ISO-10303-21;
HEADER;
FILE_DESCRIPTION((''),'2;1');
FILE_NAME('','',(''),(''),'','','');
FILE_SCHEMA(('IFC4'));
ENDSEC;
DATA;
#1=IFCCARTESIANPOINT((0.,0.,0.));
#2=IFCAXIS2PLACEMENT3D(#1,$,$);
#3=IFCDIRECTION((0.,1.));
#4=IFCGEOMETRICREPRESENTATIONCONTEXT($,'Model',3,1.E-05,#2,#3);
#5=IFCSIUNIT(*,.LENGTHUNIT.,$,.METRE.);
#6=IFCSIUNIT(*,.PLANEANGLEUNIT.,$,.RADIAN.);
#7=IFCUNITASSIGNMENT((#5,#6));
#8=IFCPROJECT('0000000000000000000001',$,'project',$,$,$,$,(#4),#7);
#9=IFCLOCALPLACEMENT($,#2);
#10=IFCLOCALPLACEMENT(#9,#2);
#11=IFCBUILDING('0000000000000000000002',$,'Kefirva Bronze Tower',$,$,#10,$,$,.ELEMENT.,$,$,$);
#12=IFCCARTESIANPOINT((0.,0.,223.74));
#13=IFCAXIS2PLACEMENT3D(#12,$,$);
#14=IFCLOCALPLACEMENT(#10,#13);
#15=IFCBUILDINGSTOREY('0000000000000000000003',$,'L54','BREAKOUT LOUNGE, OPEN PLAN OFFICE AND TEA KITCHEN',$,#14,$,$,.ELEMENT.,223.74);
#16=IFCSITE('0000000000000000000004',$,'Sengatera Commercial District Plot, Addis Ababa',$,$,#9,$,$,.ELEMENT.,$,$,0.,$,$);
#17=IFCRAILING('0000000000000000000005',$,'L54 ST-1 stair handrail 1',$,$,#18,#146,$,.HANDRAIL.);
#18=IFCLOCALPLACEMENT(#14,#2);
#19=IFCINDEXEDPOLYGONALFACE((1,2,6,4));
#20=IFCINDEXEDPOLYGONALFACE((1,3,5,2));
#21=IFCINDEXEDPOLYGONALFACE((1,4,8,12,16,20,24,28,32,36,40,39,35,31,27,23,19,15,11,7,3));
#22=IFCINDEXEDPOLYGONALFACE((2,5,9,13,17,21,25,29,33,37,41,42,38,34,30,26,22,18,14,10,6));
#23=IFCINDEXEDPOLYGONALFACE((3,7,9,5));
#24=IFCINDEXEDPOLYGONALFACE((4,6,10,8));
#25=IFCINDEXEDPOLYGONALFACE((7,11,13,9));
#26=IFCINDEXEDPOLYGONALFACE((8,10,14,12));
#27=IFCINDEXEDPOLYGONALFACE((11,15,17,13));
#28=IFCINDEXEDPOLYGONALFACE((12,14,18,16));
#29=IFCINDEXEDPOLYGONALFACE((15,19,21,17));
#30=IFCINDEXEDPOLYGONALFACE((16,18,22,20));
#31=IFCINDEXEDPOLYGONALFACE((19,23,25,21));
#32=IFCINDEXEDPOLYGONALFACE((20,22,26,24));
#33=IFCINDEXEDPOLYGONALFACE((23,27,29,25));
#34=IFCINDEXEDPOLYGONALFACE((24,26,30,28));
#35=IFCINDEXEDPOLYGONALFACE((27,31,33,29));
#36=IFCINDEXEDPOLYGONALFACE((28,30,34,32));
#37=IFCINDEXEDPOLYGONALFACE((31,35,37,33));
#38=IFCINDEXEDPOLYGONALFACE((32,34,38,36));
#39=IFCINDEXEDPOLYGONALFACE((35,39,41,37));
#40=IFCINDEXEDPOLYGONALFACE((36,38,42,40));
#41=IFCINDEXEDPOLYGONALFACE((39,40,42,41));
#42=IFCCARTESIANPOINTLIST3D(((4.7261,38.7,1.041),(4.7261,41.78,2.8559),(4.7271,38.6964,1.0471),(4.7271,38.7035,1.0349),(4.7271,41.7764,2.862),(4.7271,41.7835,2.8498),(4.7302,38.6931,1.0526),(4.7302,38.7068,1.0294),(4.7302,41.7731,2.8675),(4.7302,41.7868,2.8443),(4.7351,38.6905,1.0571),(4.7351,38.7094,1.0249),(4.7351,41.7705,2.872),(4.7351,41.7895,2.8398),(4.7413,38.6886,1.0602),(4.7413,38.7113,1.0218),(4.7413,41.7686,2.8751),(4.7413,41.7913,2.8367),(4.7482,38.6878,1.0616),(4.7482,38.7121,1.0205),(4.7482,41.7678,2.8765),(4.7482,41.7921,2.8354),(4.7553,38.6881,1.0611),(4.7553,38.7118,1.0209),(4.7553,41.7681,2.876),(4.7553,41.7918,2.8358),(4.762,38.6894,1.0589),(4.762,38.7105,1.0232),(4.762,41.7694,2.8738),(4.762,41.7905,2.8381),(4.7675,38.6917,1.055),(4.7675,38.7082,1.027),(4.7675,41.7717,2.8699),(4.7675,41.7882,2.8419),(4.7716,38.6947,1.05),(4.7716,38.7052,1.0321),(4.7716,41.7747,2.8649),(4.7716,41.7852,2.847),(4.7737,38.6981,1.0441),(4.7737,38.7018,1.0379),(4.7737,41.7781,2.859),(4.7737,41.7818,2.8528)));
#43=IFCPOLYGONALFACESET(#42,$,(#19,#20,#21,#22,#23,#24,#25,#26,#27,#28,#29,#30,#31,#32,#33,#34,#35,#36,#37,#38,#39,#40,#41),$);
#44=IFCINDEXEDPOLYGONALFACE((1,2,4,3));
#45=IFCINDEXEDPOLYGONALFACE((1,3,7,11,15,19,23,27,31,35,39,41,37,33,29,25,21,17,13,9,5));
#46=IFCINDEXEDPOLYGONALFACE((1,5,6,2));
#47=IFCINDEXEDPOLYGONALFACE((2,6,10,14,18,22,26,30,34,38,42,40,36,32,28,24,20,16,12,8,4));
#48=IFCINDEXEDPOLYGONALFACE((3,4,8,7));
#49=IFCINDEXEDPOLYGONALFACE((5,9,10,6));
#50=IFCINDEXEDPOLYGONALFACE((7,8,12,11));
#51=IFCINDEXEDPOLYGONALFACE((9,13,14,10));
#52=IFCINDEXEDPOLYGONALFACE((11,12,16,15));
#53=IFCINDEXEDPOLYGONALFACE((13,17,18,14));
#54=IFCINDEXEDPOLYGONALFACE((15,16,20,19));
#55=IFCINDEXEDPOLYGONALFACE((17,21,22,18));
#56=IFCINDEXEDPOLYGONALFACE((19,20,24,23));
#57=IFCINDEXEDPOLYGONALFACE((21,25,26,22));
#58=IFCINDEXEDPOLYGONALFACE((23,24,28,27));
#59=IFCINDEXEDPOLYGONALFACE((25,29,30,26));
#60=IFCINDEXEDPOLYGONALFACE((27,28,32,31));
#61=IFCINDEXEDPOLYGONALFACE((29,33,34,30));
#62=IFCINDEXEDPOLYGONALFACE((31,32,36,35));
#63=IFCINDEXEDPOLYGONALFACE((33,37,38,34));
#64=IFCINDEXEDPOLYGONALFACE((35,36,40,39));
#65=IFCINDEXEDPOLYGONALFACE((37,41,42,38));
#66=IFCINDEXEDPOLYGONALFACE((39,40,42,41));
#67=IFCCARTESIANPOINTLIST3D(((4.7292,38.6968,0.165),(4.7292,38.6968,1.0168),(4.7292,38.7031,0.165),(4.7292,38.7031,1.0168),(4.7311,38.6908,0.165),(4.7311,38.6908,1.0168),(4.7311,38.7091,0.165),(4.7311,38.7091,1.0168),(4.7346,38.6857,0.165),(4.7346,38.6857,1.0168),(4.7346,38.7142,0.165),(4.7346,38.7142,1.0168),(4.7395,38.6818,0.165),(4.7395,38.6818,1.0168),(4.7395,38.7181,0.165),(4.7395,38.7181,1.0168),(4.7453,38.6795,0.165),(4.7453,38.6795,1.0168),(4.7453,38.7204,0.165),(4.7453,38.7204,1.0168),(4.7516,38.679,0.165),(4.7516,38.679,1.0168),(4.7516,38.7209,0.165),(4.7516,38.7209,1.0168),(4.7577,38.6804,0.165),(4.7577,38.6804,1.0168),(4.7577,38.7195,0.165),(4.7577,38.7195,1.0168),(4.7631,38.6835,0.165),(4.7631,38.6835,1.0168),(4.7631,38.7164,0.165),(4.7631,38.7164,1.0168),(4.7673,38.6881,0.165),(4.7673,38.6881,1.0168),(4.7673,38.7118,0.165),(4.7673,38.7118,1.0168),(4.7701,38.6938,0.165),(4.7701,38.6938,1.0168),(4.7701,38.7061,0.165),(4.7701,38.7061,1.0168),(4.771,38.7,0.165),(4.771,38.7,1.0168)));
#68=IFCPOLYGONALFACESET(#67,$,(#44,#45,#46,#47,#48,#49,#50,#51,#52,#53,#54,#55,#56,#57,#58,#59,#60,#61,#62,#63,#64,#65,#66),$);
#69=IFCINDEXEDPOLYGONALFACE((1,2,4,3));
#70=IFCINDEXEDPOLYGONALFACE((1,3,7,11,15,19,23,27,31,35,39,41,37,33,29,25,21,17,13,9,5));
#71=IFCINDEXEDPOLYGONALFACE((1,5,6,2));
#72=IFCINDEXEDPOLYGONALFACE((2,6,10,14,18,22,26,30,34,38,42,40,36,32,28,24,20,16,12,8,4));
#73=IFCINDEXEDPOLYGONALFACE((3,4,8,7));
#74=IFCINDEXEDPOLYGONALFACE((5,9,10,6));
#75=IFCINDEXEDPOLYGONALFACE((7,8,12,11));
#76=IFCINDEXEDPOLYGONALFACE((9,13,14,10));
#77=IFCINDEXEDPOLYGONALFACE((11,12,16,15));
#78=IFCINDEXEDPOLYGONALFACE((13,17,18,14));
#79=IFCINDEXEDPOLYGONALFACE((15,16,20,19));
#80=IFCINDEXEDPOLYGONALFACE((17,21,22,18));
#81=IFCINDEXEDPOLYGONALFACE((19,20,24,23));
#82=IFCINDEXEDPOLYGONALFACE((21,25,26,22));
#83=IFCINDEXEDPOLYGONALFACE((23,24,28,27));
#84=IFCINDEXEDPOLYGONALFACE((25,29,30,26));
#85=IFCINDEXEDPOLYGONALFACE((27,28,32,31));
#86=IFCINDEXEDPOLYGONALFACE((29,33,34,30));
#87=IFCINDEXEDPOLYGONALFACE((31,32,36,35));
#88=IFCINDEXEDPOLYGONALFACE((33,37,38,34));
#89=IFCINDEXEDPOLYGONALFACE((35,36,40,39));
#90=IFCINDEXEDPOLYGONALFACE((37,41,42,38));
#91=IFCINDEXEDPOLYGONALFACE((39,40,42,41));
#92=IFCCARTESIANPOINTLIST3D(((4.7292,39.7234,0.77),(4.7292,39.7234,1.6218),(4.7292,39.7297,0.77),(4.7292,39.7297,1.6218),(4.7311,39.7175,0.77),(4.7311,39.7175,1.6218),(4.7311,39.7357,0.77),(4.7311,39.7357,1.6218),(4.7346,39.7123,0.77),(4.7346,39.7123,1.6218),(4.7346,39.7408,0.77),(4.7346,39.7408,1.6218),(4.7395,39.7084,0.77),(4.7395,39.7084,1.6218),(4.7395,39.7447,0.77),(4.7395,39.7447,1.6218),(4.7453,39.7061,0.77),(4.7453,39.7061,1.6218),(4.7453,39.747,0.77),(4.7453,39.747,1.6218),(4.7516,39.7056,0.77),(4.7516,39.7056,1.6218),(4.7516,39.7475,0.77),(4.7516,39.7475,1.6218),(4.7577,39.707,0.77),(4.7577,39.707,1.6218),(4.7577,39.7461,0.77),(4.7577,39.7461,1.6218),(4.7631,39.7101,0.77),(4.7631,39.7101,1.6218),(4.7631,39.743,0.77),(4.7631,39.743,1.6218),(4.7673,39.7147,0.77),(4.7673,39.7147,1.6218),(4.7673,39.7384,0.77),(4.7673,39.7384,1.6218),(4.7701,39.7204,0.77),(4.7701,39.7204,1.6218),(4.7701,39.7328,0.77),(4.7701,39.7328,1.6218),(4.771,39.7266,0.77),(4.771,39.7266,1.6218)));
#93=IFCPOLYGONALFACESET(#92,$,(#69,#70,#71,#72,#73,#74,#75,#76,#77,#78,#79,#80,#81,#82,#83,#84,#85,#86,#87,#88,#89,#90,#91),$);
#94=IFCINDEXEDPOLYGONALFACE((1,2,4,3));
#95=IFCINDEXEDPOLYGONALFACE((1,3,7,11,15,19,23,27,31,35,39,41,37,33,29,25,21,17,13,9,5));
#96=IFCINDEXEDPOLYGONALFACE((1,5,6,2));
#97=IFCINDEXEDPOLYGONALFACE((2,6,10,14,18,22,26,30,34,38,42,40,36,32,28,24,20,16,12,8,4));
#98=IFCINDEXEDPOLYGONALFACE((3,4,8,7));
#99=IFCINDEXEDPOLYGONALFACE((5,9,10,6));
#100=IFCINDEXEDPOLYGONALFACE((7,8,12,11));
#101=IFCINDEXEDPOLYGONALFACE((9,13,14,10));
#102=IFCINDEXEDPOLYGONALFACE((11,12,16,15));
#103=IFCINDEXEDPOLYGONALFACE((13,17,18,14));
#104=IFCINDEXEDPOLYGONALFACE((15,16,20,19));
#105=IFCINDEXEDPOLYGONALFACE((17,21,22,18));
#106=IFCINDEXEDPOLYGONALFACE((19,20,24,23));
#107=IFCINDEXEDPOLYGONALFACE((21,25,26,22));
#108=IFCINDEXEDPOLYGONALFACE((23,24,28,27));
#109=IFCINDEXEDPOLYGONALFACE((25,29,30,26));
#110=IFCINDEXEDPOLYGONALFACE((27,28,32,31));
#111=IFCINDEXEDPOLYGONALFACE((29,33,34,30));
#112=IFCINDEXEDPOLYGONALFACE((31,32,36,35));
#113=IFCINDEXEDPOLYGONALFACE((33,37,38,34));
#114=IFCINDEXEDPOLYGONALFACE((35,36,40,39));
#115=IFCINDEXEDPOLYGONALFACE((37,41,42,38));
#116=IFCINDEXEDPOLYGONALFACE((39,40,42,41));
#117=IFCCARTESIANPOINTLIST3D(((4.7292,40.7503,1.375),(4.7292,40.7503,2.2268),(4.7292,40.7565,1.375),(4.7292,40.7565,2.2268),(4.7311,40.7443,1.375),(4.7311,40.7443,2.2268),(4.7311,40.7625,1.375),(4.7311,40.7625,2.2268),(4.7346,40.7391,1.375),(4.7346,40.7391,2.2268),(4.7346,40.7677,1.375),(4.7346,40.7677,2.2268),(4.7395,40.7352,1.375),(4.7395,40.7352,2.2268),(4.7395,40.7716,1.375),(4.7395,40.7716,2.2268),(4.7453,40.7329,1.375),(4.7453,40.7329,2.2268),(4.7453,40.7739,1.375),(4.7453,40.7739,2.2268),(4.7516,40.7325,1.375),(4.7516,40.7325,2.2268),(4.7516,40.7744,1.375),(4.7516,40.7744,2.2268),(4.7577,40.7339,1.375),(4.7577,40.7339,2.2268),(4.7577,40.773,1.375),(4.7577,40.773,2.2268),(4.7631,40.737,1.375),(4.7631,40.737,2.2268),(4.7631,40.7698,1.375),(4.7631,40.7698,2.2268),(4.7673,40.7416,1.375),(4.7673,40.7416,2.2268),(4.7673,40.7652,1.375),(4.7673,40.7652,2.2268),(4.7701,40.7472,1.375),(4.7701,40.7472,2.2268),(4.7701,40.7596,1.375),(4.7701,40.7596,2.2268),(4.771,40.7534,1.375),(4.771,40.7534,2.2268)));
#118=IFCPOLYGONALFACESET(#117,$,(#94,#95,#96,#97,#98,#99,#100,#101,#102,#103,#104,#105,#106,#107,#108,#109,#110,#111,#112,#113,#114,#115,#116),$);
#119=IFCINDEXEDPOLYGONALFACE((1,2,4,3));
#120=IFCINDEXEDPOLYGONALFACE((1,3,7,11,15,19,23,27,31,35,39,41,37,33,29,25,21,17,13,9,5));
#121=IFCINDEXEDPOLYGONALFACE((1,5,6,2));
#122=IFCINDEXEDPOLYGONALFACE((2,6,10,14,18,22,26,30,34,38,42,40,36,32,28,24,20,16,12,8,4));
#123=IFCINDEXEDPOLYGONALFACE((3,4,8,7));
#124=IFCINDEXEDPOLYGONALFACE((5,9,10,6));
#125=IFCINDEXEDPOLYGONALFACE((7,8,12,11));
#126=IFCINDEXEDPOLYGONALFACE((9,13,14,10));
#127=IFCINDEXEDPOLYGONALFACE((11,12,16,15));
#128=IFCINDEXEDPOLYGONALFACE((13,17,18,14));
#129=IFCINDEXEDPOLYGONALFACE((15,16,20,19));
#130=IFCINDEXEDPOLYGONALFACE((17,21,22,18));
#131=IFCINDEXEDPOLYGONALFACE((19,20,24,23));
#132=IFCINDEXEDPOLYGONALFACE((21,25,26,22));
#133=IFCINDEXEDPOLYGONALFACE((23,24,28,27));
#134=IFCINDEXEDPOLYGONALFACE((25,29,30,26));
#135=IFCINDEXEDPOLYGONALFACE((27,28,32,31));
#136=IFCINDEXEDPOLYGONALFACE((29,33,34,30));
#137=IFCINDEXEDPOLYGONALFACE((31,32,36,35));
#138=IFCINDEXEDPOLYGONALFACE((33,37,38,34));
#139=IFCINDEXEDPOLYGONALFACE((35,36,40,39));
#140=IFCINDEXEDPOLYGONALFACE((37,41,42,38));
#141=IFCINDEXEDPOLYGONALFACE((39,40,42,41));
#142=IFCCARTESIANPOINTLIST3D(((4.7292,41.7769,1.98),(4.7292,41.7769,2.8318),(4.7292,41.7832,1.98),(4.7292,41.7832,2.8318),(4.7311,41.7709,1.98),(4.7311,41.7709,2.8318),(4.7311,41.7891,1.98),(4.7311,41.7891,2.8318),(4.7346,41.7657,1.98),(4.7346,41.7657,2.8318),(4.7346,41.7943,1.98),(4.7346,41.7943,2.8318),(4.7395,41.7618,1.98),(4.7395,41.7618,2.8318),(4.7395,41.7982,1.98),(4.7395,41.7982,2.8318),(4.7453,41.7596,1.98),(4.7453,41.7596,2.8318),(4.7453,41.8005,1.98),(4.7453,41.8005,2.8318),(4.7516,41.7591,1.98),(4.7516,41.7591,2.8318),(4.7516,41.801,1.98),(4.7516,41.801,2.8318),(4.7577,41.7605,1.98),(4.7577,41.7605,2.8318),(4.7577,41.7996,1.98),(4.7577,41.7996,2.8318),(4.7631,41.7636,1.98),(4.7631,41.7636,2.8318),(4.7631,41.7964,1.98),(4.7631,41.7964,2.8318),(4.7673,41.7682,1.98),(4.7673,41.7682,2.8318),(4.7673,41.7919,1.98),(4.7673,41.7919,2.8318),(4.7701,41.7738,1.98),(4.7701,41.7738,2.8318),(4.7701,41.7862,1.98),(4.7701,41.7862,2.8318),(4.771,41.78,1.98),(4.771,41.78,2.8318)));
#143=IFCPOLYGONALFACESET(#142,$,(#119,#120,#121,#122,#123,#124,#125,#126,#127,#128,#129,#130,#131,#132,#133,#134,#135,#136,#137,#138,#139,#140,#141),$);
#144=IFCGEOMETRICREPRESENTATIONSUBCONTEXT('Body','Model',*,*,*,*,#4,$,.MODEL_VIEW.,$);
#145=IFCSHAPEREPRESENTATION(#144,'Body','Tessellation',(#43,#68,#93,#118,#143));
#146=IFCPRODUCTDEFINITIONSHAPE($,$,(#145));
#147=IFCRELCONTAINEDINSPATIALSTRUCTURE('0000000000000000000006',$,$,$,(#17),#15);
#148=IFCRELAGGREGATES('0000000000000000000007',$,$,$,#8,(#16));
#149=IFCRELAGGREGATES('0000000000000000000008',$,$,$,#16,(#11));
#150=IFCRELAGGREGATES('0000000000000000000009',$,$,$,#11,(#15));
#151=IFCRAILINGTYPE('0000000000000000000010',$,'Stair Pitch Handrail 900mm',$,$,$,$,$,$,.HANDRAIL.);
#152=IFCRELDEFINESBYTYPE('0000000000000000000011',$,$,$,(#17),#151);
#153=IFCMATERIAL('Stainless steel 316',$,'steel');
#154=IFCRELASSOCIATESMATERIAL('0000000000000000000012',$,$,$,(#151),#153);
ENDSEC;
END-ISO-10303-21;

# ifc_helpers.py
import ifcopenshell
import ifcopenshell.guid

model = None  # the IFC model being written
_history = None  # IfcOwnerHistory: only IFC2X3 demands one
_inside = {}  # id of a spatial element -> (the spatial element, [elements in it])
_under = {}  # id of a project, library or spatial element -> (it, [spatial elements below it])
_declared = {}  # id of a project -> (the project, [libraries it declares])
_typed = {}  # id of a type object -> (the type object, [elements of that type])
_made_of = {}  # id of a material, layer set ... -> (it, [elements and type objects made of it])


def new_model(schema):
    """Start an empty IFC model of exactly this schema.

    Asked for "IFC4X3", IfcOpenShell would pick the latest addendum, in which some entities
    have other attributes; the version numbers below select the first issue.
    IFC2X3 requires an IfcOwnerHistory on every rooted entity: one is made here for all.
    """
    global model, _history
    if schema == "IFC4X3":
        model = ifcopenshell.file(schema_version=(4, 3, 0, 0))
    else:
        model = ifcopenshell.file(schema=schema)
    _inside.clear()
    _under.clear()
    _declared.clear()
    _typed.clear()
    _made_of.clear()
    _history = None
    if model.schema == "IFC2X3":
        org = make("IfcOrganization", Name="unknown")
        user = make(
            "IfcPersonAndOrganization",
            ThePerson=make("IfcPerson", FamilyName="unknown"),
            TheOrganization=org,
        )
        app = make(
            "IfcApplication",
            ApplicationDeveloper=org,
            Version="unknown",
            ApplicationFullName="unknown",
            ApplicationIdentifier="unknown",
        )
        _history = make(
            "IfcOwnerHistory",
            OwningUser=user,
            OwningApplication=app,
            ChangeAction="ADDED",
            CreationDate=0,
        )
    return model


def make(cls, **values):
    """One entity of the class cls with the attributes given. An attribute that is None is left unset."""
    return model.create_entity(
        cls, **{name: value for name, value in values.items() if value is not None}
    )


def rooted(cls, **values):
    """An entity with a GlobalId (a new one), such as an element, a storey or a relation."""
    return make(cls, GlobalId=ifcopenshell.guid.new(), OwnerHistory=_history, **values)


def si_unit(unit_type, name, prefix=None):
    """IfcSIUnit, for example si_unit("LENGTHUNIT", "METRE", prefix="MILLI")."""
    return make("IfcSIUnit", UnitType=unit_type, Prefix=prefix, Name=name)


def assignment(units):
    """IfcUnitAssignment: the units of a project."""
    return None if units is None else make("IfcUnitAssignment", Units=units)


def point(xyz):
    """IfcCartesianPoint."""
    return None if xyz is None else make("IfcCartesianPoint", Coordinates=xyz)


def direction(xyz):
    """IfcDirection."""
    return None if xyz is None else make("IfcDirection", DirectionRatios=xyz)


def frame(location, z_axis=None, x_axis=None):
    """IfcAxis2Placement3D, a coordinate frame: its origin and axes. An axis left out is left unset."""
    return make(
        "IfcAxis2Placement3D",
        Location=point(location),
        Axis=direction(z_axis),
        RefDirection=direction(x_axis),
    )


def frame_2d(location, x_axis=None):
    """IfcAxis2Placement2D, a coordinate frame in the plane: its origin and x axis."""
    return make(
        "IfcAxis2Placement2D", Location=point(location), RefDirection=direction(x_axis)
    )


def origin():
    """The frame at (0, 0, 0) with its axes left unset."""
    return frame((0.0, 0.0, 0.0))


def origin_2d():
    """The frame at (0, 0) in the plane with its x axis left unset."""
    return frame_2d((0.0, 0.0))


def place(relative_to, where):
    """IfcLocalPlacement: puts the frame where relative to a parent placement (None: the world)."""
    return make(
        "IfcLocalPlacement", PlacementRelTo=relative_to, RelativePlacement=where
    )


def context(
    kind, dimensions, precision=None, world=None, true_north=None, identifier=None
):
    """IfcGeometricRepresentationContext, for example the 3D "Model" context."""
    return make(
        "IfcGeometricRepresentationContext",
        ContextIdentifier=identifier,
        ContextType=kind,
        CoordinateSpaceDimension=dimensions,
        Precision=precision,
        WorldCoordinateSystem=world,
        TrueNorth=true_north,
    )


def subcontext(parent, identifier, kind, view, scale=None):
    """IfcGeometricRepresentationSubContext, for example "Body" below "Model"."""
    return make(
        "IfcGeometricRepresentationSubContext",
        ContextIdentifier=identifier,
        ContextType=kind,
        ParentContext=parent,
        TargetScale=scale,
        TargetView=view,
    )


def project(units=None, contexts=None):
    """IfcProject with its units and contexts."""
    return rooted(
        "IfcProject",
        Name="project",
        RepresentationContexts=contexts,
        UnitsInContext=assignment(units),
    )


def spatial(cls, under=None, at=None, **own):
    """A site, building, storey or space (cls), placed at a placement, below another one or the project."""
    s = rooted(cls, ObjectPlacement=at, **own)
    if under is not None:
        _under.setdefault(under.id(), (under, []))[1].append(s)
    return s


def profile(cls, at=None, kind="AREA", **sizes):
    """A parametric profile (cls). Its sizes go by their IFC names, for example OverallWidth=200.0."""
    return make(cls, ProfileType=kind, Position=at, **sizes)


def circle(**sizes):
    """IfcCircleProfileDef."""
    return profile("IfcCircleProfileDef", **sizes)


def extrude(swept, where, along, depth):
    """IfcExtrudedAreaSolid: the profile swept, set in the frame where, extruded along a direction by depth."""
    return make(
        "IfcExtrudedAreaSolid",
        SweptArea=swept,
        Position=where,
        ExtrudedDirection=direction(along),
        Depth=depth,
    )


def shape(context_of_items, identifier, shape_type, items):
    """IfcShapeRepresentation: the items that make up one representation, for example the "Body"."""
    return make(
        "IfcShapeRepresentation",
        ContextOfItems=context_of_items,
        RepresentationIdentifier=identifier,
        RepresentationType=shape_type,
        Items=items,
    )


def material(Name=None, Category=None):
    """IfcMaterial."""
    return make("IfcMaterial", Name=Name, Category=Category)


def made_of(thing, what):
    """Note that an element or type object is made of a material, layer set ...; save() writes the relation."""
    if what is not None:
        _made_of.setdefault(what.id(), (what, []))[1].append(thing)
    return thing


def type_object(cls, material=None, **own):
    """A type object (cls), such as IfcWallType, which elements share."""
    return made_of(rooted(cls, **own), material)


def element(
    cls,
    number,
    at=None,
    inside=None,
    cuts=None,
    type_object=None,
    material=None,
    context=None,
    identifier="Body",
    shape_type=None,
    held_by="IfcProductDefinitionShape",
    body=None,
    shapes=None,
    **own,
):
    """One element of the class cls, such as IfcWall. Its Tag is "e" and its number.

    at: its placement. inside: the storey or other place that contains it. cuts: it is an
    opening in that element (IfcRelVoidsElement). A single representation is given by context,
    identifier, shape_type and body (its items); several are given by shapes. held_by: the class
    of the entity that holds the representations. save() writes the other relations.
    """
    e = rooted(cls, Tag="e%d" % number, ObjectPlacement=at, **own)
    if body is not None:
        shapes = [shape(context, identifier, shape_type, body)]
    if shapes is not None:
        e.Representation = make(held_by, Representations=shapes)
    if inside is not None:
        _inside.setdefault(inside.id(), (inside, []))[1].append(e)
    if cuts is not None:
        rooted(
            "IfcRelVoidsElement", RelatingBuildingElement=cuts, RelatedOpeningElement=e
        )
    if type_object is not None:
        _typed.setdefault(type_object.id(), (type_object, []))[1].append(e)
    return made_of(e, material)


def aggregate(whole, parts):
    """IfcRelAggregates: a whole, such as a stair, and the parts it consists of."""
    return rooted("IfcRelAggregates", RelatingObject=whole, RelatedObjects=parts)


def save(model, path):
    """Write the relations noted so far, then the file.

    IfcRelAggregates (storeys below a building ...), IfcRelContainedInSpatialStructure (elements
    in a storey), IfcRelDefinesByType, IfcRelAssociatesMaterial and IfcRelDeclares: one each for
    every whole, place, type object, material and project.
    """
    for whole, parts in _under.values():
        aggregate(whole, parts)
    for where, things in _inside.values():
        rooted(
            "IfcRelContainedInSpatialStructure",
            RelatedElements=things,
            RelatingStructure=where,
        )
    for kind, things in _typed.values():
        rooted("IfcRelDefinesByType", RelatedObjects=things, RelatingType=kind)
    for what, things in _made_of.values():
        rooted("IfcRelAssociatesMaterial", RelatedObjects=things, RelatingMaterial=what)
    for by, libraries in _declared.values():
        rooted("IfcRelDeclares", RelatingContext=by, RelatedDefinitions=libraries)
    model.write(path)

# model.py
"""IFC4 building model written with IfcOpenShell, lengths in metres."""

from ifc_helpers import new_model, si_unit, direction, frame, origin, origin_2d, place, context, subcontext, project, spatial, circle, extrude, material, type_object, element, save


model = new_model("IFC4")

# Units and contexts
model_context = context("Model", 3, precision=1e-05, world=origin(), true_north=direction((0.0, 1.0)))
body_context = subcontext(model_context, "Body", "Model", "MODEL_VIEW")
ifc_project = project(units=[si_unit("LENGTHUNIT", "METRE"), si_unit("PLANEANGLEUNIT", "RADIAN")], contexts=[model_context])

# Site, building, storey
site_placement = place(None, origin())
site = spatial("IfcSite", under=ifc_project, at=site_placement, Name="Sengatera Commercial District Plot, Addis Ababa", CompositionType="ELEMENT", RefElevation=0.0)
building_placement = place(site_placement, origin())
building = spatial("IfcBuilding", under=site, at=building_placement, Name="Kefirva Bronze Tower", CompositionType="ELEMENT")
storey_placement = place(building_placement, frame((0.0, 0.0, 223.74)))
storey = spatial("IfcBuildingStorey", under=building, at=storey_placement, Name="L54", Description="BREAKOUT LOUNGE, OPEN PLAN OFFICE AND TEA KITCHEN", CompositionType="ELEMENT", Elevation=223.74)

# Shared definitions
ifc_material_1 = material(Name="Stainless steel 316", Category="steel")

# Railing
railing_type = type_object("IfcRailingType", Name="Stair Pitch Handrail 900mm", PredefinedType="HANDRAIL", material=ifc_material_1)
railing_placement = place(storey_placement, frame((4.75, 38.7, 0.165)))
element("IfcRailing", 1, at=railing_placement, inside=storey, type_object=railing_type, Name="L54 ST-1 stair handrail 1", PredefinedType="HANDRAIL", context=body_context, shape_type="SweptSolid", body=[
    extrude(circle(Radius=0.0239, at=origin_2d()), frame((0.0, 0.0, 0.876), z_axis=(0.0, 0.861551, 0.507671), x_axis=(-1.0, 0.0, 0.0)), (0.0, 0.0, 1.0), 3.575),
    extrude(circle(Radius=0.021, at=origin_2d()), origin(), (0.0, 0.0, 1.0), 0.8518),
    extrude(circle(Radius=0.021, at=origin_2d()), frame((0.0, 1.0266, 0.605)), (0.0, 0.0, 1.0), 0.8518),
    extrude(circle(Radius=0.021, at=origin_2d()), frame((0.0, 2.0535, 1.21)), (0.0, 0.0, 1.0), 0.8518),
    extrude(circle(Radius=0.021, at=origin_2d()), frame((0.0, 3.0801, 1.8149)), (0.0, 0.0, 1.0), 0.8518),
])

save(model, "model.ifc")
